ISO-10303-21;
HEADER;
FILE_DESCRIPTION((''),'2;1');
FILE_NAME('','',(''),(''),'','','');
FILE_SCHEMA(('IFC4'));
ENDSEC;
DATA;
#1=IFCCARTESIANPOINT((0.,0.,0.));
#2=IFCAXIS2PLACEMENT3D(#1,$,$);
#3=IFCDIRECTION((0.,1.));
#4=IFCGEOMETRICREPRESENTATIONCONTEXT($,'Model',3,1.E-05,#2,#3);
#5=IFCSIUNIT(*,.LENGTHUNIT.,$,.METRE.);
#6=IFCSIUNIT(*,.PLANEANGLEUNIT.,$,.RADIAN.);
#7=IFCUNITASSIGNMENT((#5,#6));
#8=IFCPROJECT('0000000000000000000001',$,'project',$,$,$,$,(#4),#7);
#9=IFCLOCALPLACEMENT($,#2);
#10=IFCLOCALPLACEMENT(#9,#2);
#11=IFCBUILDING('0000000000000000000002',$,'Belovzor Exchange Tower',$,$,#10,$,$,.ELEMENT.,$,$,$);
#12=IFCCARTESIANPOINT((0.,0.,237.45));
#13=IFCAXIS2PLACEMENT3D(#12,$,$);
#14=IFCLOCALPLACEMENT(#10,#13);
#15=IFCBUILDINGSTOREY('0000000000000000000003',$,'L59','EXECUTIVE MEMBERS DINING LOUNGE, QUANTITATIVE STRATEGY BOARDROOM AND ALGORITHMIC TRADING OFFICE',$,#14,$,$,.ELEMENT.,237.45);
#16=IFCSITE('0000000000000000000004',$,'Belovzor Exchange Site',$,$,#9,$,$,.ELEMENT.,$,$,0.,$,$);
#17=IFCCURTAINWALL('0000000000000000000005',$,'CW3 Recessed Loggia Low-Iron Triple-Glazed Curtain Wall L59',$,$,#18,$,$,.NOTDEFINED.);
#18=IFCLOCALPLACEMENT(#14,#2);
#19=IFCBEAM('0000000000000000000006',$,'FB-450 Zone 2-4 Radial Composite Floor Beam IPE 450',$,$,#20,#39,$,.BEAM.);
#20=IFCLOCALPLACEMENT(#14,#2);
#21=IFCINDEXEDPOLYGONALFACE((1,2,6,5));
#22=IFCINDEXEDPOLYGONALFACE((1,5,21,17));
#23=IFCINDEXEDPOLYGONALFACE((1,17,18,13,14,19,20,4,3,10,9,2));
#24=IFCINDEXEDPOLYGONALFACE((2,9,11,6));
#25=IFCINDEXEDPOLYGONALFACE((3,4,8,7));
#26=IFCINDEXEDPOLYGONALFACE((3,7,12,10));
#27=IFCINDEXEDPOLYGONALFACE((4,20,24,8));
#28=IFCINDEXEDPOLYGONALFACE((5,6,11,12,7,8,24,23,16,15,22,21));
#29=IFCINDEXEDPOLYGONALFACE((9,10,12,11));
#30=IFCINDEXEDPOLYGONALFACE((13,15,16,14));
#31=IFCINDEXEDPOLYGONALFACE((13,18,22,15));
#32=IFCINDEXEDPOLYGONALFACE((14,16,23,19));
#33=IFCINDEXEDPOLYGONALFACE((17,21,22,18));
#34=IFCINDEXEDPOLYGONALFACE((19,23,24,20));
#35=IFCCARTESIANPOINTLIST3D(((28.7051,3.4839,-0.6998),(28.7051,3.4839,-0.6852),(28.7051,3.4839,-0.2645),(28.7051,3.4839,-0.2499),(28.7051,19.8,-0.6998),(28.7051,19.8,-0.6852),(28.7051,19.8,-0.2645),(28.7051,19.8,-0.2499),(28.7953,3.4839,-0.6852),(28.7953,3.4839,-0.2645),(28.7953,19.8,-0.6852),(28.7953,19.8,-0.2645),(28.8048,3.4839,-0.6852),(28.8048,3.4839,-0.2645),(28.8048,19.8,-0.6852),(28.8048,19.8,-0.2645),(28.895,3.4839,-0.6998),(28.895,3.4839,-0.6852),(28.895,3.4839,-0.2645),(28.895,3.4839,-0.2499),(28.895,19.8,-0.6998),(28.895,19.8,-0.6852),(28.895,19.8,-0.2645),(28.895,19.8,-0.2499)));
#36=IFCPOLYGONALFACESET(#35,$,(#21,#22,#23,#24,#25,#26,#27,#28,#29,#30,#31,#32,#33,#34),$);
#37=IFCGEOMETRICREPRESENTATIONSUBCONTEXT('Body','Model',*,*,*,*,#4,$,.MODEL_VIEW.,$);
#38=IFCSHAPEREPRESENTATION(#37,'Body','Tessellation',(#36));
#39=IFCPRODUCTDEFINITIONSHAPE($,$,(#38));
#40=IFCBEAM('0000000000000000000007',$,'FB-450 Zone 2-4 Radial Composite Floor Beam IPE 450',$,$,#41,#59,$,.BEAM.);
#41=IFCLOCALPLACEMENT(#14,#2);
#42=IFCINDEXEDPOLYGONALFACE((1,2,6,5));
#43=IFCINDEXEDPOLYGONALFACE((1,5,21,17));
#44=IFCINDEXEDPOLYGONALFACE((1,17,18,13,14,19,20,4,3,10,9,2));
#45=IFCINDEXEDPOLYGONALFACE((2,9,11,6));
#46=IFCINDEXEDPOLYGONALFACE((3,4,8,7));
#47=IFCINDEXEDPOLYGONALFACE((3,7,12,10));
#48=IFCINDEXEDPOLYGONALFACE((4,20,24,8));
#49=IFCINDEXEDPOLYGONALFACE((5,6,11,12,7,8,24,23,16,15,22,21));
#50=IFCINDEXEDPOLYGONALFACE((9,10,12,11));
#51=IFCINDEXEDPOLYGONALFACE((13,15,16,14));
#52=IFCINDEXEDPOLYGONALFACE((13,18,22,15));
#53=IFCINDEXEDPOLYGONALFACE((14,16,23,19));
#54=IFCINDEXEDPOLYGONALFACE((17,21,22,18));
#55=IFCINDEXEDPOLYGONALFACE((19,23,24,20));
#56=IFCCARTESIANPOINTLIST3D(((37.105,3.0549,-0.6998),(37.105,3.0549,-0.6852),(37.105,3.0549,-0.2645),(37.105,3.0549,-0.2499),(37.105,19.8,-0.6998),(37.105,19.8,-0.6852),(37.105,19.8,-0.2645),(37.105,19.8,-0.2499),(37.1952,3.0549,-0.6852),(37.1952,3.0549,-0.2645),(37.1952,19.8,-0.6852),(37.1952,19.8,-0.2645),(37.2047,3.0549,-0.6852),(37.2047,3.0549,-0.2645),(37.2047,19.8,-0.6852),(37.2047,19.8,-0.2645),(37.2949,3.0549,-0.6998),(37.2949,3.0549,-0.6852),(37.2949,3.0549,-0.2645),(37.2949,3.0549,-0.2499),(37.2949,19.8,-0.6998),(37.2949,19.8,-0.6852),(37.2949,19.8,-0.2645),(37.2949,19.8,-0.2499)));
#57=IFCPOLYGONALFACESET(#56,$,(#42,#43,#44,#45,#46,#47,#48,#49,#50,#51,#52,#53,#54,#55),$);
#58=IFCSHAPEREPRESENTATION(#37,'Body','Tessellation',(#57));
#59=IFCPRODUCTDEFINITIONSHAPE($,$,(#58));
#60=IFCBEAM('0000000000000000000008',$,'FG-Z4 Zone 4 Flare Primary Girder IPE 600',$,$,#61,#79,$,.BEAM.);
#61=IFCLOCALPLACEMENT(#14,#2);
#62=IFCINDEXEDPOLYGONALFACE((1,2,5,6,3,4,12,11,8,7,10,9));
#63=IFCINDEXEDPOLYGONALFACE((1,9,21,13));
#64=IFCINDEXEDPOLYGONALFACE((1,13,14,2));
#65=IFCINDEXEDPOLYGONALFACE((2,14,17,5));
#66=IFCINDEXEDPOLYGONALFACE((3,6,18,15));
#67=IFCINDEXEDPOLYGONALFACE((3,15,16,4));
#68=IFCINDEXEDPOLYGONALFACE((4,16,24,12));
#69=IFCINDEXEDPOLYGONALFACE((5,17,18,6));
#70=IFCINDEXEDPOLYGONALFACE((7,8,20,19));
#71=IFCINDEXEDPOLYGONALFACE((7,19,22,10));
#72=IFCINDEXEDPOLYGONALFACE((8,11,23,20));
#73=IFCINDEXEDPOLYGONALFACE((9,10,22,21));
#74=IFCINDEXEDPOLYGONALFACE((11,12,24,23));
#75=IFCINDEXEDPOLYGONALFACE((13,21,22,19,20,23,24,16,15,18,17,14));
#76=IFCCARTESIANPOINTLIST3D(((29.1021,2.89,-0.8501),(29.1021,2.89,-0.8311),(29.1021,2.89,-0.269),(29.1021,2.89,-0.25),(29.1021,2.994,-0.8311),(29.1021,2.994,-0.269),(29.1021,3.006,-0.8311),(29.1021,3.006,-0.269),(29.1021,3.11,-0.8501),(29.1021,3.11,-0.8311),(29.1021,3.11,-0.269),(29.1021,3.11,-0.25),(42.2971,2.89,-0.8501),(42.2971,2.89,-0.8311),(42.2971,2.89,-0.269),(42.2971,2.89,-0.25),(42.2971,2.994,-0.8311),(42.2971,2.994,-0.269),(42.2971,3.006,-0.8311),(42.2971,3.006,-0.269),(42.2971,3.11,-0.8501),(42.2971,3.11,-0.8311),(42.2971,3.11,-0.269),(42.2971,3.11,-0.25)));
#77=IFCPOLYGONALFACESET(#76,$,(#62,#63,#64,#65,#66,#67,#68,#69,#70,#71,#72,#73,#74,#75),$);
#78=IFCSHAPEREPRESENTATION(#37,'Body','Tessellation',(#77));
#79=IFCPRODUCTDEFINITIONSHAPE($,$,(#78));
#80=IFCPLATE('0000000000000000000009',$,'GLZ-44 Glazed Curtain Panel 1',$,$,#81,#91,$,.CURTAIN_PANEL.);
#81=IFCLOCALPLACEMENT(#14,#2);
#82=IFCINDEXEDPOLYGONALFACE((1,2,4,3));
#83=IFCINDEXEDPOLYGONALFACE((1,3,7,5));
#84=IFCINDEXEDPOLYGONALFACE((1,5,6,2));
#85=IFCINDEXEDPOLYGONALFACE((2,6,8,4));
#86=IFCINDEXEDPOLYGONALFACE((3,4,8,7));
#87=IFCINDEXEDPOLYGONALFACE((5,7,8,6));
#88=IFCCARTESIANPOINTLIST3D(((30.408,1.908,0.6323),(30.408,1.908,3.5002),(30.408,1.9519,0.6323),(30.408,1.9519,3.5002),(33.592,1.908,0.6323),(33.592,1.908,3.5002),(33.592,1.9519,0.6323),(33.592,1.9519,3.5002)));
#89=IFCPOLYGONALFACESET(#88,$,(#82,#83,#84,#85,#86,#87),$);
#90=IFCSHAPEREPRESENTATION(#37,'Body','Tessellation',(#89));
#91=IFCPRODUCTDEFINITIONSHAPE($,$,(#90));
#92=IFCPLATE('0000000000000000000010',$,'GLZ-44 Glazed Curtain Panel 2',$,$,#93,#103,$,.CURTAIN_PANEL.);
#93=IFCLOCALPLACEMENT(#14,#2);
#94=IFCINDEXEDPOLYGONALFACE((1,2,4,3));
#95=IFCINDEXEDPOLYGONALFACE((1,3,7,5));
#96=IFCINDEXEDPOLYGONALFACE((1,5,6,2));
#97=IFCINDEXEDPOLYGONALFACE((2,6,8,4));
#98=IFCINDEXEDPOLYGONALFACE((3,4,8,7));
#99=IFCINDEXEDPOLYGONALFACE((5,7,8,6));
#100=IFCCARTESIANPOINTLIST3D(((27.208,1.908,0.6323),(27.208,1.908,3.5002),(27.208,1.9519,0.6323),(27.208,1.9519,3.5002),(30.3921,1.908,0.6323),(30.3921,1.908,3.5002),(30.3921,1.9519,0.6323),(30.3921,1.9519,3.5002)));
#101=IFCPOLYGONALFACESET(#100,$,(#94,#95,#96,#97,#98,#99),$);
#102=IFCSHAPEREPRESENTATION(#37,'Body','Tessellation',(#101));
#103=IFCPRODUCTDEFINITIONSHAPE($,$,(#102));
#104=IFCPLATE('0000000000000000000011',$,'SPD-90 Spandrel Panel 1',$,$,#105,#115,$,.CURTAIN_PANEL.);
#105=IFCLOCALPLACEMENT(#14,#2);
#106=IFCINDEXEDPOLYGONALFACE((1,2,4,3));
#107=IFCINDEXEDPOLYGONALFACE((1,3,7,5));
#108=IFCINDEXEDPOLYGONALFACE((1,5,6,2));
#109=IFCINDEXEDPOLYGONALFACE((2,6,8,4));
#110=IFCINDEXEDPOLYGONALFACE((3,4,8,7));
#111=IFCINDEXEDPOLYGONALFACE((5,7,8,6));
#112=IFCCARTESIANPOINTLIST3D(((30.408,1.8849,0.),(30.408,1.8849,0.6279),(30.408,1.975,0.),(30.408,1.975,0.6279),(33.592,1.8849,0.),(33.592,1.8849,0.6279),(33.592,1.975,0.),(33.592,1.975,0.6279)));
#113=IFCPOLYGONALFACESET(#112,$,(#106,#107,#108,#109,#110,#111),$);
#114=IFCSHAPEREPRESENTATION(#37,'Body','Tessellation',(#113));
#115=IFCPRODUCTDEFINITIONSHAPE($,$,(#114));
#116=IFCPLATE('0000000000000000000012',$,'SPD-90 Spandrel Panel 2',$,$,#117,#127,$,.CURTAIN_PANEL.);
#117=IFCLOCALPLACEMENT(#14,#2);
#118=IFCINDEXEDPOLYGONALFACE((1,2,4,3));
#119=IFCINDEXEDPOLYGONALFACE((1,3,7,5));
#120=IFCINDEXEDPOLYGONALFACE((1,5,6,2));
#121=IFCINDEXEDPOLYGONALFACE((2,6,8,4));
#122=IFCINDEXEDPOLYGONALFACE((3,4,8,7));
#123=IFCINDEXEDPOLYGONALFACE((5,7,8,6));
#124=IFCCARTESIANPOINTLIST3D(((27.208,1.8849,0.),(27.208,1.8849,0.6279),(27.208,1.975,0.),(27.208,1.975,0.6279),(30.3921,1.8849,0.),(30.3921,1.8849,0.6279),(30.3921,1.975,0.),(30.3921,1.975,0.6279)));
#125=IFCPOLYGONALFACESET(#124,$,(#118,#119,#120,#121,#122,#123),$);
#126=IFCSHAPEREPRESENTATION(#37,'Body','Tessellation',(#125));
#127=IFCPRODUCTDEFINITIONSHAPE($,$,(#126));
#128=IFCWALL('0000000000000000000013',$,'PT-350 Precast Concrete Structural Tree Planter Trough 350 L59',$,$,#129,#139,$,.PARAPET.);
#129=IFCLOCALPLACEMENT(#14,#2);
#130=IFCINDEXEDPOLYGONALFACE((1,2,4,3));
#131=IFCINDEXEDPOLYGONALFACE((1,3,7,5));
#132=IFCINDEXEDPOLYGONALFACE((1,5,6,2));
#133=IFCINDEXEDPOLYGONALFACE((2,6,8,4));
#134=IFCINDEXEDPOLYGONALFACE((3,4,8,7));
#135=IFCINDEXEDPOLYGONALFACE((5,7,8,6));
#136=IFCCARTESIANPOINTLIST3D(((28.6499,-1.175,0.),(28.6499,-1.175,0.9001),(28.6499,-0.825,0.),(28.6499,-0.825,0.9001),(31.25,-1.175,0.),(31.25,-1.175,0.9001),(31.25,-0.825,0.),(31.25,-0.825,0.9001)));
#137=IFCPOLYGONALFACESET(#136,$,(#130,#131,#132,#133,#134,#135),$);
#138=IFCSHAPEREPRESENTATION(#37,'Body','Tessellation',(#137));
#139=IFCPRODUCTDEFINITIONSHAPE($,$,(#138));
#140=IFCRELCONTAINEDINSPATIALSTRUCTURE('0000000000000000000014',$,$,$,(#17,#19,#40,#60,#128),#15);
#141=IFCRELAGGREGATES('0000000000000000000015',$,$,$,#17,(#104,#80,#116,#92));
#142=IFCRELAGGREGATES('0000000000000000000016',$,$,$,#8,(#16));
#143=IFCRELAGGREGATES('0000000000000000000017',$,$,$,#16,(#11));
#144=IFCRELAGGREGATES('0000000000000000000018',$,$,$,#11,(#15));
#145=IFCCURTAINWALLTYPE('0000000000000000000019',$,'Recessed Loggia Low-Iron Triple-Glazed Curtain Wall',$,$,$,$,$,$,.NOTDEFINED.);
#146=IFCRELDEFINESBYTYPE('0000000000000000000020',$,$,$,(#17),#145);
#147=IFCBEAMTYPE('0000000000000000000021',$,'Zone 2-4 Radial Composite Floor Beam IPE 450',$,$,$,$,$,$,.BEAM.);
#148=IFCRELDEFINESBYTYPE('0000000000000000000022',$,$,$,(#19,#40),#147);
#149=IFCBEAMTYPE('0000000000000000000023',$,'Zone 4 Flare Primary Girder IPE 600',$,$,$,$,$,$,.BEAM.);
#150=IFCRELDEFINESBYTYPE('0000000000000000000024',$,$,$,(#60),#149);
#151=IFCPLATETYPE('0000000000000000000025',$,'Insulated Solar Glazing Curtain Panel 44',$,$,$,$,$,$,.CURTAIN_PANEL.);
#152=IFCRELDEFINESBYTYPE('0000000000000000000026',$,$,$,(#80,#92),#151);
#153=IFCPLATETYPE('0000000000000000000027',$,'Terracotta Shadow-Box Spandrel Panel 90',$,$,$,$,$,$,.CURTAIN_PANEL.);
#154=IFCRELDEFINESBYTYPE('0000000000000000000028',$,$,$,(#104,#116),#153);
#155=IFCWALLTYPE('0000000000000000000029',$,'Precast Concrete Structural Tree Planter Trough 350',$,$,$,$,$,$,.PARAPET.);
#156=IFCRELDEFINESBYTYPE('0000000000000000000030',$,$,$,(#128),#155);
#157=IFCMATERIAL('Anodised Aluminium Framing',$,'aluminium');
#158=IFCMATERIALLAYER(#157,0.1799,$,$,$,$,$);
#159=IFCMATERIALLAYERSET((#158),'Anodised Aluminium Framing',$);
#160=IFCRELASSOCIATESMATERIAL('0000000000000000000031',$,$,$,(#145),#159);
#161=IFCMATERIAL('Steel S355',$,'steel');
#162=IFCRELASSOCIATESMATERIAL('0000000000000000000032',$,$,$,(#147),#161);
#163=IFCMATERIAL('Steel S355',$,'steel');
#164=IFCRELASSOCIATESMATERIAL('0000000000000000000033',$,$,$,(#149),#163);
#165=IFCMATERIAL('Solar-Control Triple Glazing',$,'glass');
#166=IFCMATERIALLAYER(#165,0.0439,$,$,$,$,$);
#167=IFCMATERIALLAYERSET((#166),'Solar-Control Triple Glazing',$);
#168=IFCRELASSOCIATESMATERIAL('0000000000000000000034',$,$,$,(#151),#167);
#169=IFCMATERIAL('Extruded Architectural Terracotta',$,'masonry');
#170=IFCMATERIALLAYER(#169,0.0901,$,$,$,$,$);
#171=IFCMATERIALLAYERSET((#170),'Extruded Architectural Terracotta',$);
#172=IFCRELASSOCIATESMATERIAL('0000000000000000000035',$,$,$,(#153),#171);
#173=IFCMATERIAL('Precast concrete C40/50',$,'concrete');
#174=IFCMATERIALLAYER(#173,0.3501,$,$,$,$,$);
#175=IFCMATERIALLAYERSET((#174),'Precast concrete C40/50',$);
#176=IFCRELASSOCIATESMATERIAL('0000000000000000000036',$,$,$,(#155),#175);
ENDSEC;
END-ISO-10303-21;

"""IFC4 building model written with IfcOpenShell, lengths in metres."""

from ifc_helpers import new_model, si_unit, direction, frame, frame_2d, origin, origin_2d, place, context, subcontext, project, spatial, rectangle, i_section, extrude, material, layer, layer_set, material_profile, profile_set, type_object, element, aggregate, save


model = new_model("IFC4")

# Units and contexts
model_context = context("Model", 3, precision=1e-05, world=origin(), true_north=direction((0.0, 1.0)))
body_context = subcontext(model_context, "Body", "Model", "MODEL_VIEW")
ifc_project = project(units=[si_unit("LENGTHUNIT", "METRE"), si_unit("PLANEANGLEUNIT", "RADIAN")], contexts=[model_context])

# Site, building, storey
site_placement = place(None, origin())
site = spatial("IfcSite", under=ifc_project, at=site_placement, Name="Belovzor Exchange Site", CompositionType="ELEMENT", RefElevation=0.0)
building_placement = place(site_placement, origin())
building = spatial("IfcBuilding", under=site, at=building_placement, Name="Belovzor Exchange Tower", CompositionType="ELEMENT")
storey_placement = place(building_placement, frame((0.0, 0.0, 237.45)))
storey = spatial("IfcBuildingStorey", under=building, at=storey_placement, Name="L59", Description="EXECUTIVE MEMBERS DINING LOUNGE, QUANTITATIVE STRATEGY BOARDROOM AND ALGORITHMIC TRADING OFFICE", CompositionType="ELEMENT", Elevation=237.45)

# Curtain wall
ifc_material_1 = material(Name="Anodised Aluminium Framing", Category="aluminium")
ifc_layer_1 = layer(ifc_material_1, 0.1799)
ifc_layer_set_1 = layer_set([ifc_layer_1], Name="Anodised Aluminium Framing")
curtain_wall_type = type_object("IfcCurtainWallType", Name="Recessed Loggia Low-Iron Triple-Glazed Curtain Wall", PredefinedType="NOTDEFINED", material=ifc_layer_set_1)
curtain_wall_placement = place(storey_placement, origin())
curtain_wall = element("IfcCurtainWall", 1, at=curtain_wall_placement, inside=storey, type_object=curtain_wall_type, Name="CW3 Recessed Loggia Low-Iron Triple-Glazed Curtain Wall L59", PredefinedType="NOTDEFINED")

# Beams
ifc_material_2 = material(Name="Steel S355", Category="steel")
ifc_material_profile_1 = material_profile(ifc_material_2, i_section(OverallWidth=0.1899, OverallDepth=0.45, WebThickness=0.0095, FlangeThickness=0.0146, at=origin_2d()))
ifc_profile_set_1 = profile_set([ifc_material_profile_1], Name="Steel S355")
beam_type_1 = type_object("IfcBeamType", Name="Zone 2-4 Radial Composite Floor Beam IPE 450", PredefinedType="BEAM", material=ifc_profile_set_1)
beam_1_placement = place(storey_placement, frame((28.8, 19.8, -0.4749), z_axis=(0.0, -1.0, 0.0), x_axis=(1.0, 0.0, 0.0)))
element("IfcBeam", 2, at=beam_1_placement, inside=storey, type_object=beam_type_1, Name="FB-450 Zone 2-4 Radial Composite Floor Beam IPE 450", PredefinedType="BEAM", context=body_context, shape_type="SweptSolid", body=[
    extrude(i_section(OverallWidth=0.1899, OverallDepth=0.45, WebThickness=0.0095, FlangeThickness=0.0146, at=origin_2d()), origin(), (0.0, 0.0, 1.0), 16.3162),
])
beam_2_placement = place(storey_placement, frame((37.2, 19.8, -0.4749), z_axis=(0.0, -1.0, 0.0), x_axis=(1.0, 0.0, 0.0)))
element("IfcBeam", 3, at=beam_2_placement, inside=storey, type_object=beam_type_1, Name="FB-450 Zone 2-4 Radial Composite Floor Beam IPE 450", PredefinedType="BEAM", context=body_context, shape_type="SweptSolid", body=[
    extrude(i_section(OverallWidth=0.1899, OverallDepth=0.45, WebThickness=0.0095, FlangeThickness=0.0146, at=origin_2d()), origin(), (0.0, 0.0, 1.0), 16.7451),
])
ifc_material_3 = material(Name="Steel S355", Category="steel")
ifc_material_profile_2 = material_profile(ifc_material_3, i_section(OverallWidth=0.22, OverallDepth=0.6001, WebThickness=0.012, FlangeThickness=0.019, at=origin_2d()))
ifc_profile_set_2 = profile_set([ifc_material_profile_2], Name="Steel S355")
beam_type_2 = type_object("IfcBeamType", Name="Zone 4 Flare Primary Girder IPE 600", PredefinedType="BEAM", material=ifc_profile_set_2)
beam_3_placement = place(storey_placement, frame((29.1021, 3.0, -0.55), z_axis=(1.0, 0.0, 0.0), x_axis=(0.0, 1.0, 0.0)))
element("IfcBeam", 4, at=beam_3_placement, inside=storey, type_object=beam_type_2, Name="FG-Z4 Zone 4 Flare Primary Girder IPE 600", PredefinedType="BEAM", context=body_context, shape_type="SweptSolid", body=[
    extrude(i_section(OverallWidth=0.22, OverallDepth=0.6001, WebThickness=0.012, FlangeThickness=0.019, at=origin_2d()), origin(), (0.0, 0.0, 1.0), 13.1951),
])

# Plates
ifc_material_4 = material(Name="Solar-Control Triple Glazing", Category="glass")
ifc_layer_2 = layer(ifc_material_4, 0.0439)
ifc_layer_set_2 = layer_set([ifc_layer_2], Name="Solar-Control Triple Glazing")
plate_type_1 = type_object("IfcPlateType", Name="Insulated Solar Glazing Curtain Panel 44", PredefinedType="CURTAIN_PANEL", material=ifc_layer_set_2)
plate_1_placement = place(storey_placement, frame((32.0, 1.9299, 0.6323), z_axis=(0.0, 0.0, 1.0), x_axis=(-1.0, 0.0, 0.0)))
plate_1 = element("IfcPlate", 5, at=plate_1_placement, type_object=plate_type_1, Name="GLZ-44 Glazed Curtain Panel 1", PredefinedType="CURTAIN_PANEL", context=body_context, shape_type="SweptSolid", body=[
    extrude(rectangle(XDim=3.1841, YDim=0.0439, at=origin_2d()), origin(), (0.0, 0.0, 1.0), 2.8679),
])
plate_2_placement = place(storey_placement, frame((28.8, 1.9299, 0.6323), z_axis=(0.0, 0.0, 1.0), x_axis=(-1.0, 0.0, 0.0)))
plate_2 = element("IfcPlate", 6, at=plate_2_placement, type_object=plate_type_1, Name="GLZ-44 Glazed Curtain Panel 2", PredefinedType="CURTAIN_PANEL", context=body_context, shape_type="SweptSolid", body=[
    extrude(rectangle(XDim=3.1841, YDim=0.0439, at=origin_2d()), origin(), (0.0, 0.0, 1.0), 2.8679),
])
ifc_material_5 = material(Name="Extruded Architectural Terracotta", Category="masonry")
ifc_layer_3 = layer(ifc_material_5, 0.0901)
ifc_layer_set_3 = layer_set([ifc_layer_3], Name="Extruded Architectural Terracotta")
plate_type_2 = type_object("IfcPlateType", Name="Terracotta Shadow-Box Spandrel Panel 90", PredefinedType="CURTAIN_PANEL", material=ifc_layer_set_3)
plate_3_placement = place(storey_placement, frame((32.0, 1.9299, 0.0), z_axis=(0.0, 0.0, 1.0), x_axis=(-1.0, 0.0, 0.0)))
plate_3 = element("IfcPlate", 7, at=plate_3_placement, type_object=plate_type_2, Name="SPD-90 Spandrel Panel 1", PredefinedType="CURTAIN_PANEL", context=body_context, shape_type="SweptSolid", body=[
    extrude(rectangle(XDim=3.1841, YDim=0.0901, at=origin_2d()), origin(), (0.0, 0.0, 1.0), 0.6279),
])
plate_4_placement = place(storey_placement, frame((28.8, 1.9299, 0.0), z_axis=(0.0, 0.0, 1.0), x_axis=(-1.0, 0.0, 0.0)))
plate_4 = element("IfcPlate", 8, at=plate_4_placement, type_object=plate_type_2, Name="SPD-90 Spandrel Panel 2", PredefinedType="CURTAIN_PANEL", context=body_context, shape_type="SweptSolid", body=[
    extrude(rectangle(XDim=3.1841, YDim=0.0901, at=origin_2d()), origin(), (0.0, 0.0, 1.0), 0.6279),
])
aggregate(curtain_wall, [plate_3, plate_1, plate_4, plate_2])

# Wall
ifc_material_6 = material(Name="Precast concrete C40/50", Category="concrete")
ifc_layer_4 = layer(ifc_material_6, 0.3501)
ifc_layer_set_4 = layer_set([ifc_layer_4], Name="Precast concrete C40/50")
wall_type = type_object("IfcWallType", Name="Precast Concrete Structural Tree Planter Trough 350", PredefinedType="PARAPET", material=ifc_layer_set_4)
wall_placement = place(storey_placement, frame((28.6499, -1.0, 0.0), z_axis=(0.0, 0.0, 1.0), x_axis=(1.0, 0.0, 0.0)))
element("IfcWall", 9, at=wall_placement, inside=storey, type_object=wall_type, Name="PT-350 Precast Concrete Structural Tree Planter Trough 350 L59", PredefinedType="PARAPET", context=body_context, shape_type="SweptSolid", body=[
    extrude(rectangle(XDim=2.6001, YDim=0.3501, at=frame_2d((1.3, 0.0))), origin(), (0.0, 0.0, 1.0), 0.9001),
])

save(model, "model.ifc")
